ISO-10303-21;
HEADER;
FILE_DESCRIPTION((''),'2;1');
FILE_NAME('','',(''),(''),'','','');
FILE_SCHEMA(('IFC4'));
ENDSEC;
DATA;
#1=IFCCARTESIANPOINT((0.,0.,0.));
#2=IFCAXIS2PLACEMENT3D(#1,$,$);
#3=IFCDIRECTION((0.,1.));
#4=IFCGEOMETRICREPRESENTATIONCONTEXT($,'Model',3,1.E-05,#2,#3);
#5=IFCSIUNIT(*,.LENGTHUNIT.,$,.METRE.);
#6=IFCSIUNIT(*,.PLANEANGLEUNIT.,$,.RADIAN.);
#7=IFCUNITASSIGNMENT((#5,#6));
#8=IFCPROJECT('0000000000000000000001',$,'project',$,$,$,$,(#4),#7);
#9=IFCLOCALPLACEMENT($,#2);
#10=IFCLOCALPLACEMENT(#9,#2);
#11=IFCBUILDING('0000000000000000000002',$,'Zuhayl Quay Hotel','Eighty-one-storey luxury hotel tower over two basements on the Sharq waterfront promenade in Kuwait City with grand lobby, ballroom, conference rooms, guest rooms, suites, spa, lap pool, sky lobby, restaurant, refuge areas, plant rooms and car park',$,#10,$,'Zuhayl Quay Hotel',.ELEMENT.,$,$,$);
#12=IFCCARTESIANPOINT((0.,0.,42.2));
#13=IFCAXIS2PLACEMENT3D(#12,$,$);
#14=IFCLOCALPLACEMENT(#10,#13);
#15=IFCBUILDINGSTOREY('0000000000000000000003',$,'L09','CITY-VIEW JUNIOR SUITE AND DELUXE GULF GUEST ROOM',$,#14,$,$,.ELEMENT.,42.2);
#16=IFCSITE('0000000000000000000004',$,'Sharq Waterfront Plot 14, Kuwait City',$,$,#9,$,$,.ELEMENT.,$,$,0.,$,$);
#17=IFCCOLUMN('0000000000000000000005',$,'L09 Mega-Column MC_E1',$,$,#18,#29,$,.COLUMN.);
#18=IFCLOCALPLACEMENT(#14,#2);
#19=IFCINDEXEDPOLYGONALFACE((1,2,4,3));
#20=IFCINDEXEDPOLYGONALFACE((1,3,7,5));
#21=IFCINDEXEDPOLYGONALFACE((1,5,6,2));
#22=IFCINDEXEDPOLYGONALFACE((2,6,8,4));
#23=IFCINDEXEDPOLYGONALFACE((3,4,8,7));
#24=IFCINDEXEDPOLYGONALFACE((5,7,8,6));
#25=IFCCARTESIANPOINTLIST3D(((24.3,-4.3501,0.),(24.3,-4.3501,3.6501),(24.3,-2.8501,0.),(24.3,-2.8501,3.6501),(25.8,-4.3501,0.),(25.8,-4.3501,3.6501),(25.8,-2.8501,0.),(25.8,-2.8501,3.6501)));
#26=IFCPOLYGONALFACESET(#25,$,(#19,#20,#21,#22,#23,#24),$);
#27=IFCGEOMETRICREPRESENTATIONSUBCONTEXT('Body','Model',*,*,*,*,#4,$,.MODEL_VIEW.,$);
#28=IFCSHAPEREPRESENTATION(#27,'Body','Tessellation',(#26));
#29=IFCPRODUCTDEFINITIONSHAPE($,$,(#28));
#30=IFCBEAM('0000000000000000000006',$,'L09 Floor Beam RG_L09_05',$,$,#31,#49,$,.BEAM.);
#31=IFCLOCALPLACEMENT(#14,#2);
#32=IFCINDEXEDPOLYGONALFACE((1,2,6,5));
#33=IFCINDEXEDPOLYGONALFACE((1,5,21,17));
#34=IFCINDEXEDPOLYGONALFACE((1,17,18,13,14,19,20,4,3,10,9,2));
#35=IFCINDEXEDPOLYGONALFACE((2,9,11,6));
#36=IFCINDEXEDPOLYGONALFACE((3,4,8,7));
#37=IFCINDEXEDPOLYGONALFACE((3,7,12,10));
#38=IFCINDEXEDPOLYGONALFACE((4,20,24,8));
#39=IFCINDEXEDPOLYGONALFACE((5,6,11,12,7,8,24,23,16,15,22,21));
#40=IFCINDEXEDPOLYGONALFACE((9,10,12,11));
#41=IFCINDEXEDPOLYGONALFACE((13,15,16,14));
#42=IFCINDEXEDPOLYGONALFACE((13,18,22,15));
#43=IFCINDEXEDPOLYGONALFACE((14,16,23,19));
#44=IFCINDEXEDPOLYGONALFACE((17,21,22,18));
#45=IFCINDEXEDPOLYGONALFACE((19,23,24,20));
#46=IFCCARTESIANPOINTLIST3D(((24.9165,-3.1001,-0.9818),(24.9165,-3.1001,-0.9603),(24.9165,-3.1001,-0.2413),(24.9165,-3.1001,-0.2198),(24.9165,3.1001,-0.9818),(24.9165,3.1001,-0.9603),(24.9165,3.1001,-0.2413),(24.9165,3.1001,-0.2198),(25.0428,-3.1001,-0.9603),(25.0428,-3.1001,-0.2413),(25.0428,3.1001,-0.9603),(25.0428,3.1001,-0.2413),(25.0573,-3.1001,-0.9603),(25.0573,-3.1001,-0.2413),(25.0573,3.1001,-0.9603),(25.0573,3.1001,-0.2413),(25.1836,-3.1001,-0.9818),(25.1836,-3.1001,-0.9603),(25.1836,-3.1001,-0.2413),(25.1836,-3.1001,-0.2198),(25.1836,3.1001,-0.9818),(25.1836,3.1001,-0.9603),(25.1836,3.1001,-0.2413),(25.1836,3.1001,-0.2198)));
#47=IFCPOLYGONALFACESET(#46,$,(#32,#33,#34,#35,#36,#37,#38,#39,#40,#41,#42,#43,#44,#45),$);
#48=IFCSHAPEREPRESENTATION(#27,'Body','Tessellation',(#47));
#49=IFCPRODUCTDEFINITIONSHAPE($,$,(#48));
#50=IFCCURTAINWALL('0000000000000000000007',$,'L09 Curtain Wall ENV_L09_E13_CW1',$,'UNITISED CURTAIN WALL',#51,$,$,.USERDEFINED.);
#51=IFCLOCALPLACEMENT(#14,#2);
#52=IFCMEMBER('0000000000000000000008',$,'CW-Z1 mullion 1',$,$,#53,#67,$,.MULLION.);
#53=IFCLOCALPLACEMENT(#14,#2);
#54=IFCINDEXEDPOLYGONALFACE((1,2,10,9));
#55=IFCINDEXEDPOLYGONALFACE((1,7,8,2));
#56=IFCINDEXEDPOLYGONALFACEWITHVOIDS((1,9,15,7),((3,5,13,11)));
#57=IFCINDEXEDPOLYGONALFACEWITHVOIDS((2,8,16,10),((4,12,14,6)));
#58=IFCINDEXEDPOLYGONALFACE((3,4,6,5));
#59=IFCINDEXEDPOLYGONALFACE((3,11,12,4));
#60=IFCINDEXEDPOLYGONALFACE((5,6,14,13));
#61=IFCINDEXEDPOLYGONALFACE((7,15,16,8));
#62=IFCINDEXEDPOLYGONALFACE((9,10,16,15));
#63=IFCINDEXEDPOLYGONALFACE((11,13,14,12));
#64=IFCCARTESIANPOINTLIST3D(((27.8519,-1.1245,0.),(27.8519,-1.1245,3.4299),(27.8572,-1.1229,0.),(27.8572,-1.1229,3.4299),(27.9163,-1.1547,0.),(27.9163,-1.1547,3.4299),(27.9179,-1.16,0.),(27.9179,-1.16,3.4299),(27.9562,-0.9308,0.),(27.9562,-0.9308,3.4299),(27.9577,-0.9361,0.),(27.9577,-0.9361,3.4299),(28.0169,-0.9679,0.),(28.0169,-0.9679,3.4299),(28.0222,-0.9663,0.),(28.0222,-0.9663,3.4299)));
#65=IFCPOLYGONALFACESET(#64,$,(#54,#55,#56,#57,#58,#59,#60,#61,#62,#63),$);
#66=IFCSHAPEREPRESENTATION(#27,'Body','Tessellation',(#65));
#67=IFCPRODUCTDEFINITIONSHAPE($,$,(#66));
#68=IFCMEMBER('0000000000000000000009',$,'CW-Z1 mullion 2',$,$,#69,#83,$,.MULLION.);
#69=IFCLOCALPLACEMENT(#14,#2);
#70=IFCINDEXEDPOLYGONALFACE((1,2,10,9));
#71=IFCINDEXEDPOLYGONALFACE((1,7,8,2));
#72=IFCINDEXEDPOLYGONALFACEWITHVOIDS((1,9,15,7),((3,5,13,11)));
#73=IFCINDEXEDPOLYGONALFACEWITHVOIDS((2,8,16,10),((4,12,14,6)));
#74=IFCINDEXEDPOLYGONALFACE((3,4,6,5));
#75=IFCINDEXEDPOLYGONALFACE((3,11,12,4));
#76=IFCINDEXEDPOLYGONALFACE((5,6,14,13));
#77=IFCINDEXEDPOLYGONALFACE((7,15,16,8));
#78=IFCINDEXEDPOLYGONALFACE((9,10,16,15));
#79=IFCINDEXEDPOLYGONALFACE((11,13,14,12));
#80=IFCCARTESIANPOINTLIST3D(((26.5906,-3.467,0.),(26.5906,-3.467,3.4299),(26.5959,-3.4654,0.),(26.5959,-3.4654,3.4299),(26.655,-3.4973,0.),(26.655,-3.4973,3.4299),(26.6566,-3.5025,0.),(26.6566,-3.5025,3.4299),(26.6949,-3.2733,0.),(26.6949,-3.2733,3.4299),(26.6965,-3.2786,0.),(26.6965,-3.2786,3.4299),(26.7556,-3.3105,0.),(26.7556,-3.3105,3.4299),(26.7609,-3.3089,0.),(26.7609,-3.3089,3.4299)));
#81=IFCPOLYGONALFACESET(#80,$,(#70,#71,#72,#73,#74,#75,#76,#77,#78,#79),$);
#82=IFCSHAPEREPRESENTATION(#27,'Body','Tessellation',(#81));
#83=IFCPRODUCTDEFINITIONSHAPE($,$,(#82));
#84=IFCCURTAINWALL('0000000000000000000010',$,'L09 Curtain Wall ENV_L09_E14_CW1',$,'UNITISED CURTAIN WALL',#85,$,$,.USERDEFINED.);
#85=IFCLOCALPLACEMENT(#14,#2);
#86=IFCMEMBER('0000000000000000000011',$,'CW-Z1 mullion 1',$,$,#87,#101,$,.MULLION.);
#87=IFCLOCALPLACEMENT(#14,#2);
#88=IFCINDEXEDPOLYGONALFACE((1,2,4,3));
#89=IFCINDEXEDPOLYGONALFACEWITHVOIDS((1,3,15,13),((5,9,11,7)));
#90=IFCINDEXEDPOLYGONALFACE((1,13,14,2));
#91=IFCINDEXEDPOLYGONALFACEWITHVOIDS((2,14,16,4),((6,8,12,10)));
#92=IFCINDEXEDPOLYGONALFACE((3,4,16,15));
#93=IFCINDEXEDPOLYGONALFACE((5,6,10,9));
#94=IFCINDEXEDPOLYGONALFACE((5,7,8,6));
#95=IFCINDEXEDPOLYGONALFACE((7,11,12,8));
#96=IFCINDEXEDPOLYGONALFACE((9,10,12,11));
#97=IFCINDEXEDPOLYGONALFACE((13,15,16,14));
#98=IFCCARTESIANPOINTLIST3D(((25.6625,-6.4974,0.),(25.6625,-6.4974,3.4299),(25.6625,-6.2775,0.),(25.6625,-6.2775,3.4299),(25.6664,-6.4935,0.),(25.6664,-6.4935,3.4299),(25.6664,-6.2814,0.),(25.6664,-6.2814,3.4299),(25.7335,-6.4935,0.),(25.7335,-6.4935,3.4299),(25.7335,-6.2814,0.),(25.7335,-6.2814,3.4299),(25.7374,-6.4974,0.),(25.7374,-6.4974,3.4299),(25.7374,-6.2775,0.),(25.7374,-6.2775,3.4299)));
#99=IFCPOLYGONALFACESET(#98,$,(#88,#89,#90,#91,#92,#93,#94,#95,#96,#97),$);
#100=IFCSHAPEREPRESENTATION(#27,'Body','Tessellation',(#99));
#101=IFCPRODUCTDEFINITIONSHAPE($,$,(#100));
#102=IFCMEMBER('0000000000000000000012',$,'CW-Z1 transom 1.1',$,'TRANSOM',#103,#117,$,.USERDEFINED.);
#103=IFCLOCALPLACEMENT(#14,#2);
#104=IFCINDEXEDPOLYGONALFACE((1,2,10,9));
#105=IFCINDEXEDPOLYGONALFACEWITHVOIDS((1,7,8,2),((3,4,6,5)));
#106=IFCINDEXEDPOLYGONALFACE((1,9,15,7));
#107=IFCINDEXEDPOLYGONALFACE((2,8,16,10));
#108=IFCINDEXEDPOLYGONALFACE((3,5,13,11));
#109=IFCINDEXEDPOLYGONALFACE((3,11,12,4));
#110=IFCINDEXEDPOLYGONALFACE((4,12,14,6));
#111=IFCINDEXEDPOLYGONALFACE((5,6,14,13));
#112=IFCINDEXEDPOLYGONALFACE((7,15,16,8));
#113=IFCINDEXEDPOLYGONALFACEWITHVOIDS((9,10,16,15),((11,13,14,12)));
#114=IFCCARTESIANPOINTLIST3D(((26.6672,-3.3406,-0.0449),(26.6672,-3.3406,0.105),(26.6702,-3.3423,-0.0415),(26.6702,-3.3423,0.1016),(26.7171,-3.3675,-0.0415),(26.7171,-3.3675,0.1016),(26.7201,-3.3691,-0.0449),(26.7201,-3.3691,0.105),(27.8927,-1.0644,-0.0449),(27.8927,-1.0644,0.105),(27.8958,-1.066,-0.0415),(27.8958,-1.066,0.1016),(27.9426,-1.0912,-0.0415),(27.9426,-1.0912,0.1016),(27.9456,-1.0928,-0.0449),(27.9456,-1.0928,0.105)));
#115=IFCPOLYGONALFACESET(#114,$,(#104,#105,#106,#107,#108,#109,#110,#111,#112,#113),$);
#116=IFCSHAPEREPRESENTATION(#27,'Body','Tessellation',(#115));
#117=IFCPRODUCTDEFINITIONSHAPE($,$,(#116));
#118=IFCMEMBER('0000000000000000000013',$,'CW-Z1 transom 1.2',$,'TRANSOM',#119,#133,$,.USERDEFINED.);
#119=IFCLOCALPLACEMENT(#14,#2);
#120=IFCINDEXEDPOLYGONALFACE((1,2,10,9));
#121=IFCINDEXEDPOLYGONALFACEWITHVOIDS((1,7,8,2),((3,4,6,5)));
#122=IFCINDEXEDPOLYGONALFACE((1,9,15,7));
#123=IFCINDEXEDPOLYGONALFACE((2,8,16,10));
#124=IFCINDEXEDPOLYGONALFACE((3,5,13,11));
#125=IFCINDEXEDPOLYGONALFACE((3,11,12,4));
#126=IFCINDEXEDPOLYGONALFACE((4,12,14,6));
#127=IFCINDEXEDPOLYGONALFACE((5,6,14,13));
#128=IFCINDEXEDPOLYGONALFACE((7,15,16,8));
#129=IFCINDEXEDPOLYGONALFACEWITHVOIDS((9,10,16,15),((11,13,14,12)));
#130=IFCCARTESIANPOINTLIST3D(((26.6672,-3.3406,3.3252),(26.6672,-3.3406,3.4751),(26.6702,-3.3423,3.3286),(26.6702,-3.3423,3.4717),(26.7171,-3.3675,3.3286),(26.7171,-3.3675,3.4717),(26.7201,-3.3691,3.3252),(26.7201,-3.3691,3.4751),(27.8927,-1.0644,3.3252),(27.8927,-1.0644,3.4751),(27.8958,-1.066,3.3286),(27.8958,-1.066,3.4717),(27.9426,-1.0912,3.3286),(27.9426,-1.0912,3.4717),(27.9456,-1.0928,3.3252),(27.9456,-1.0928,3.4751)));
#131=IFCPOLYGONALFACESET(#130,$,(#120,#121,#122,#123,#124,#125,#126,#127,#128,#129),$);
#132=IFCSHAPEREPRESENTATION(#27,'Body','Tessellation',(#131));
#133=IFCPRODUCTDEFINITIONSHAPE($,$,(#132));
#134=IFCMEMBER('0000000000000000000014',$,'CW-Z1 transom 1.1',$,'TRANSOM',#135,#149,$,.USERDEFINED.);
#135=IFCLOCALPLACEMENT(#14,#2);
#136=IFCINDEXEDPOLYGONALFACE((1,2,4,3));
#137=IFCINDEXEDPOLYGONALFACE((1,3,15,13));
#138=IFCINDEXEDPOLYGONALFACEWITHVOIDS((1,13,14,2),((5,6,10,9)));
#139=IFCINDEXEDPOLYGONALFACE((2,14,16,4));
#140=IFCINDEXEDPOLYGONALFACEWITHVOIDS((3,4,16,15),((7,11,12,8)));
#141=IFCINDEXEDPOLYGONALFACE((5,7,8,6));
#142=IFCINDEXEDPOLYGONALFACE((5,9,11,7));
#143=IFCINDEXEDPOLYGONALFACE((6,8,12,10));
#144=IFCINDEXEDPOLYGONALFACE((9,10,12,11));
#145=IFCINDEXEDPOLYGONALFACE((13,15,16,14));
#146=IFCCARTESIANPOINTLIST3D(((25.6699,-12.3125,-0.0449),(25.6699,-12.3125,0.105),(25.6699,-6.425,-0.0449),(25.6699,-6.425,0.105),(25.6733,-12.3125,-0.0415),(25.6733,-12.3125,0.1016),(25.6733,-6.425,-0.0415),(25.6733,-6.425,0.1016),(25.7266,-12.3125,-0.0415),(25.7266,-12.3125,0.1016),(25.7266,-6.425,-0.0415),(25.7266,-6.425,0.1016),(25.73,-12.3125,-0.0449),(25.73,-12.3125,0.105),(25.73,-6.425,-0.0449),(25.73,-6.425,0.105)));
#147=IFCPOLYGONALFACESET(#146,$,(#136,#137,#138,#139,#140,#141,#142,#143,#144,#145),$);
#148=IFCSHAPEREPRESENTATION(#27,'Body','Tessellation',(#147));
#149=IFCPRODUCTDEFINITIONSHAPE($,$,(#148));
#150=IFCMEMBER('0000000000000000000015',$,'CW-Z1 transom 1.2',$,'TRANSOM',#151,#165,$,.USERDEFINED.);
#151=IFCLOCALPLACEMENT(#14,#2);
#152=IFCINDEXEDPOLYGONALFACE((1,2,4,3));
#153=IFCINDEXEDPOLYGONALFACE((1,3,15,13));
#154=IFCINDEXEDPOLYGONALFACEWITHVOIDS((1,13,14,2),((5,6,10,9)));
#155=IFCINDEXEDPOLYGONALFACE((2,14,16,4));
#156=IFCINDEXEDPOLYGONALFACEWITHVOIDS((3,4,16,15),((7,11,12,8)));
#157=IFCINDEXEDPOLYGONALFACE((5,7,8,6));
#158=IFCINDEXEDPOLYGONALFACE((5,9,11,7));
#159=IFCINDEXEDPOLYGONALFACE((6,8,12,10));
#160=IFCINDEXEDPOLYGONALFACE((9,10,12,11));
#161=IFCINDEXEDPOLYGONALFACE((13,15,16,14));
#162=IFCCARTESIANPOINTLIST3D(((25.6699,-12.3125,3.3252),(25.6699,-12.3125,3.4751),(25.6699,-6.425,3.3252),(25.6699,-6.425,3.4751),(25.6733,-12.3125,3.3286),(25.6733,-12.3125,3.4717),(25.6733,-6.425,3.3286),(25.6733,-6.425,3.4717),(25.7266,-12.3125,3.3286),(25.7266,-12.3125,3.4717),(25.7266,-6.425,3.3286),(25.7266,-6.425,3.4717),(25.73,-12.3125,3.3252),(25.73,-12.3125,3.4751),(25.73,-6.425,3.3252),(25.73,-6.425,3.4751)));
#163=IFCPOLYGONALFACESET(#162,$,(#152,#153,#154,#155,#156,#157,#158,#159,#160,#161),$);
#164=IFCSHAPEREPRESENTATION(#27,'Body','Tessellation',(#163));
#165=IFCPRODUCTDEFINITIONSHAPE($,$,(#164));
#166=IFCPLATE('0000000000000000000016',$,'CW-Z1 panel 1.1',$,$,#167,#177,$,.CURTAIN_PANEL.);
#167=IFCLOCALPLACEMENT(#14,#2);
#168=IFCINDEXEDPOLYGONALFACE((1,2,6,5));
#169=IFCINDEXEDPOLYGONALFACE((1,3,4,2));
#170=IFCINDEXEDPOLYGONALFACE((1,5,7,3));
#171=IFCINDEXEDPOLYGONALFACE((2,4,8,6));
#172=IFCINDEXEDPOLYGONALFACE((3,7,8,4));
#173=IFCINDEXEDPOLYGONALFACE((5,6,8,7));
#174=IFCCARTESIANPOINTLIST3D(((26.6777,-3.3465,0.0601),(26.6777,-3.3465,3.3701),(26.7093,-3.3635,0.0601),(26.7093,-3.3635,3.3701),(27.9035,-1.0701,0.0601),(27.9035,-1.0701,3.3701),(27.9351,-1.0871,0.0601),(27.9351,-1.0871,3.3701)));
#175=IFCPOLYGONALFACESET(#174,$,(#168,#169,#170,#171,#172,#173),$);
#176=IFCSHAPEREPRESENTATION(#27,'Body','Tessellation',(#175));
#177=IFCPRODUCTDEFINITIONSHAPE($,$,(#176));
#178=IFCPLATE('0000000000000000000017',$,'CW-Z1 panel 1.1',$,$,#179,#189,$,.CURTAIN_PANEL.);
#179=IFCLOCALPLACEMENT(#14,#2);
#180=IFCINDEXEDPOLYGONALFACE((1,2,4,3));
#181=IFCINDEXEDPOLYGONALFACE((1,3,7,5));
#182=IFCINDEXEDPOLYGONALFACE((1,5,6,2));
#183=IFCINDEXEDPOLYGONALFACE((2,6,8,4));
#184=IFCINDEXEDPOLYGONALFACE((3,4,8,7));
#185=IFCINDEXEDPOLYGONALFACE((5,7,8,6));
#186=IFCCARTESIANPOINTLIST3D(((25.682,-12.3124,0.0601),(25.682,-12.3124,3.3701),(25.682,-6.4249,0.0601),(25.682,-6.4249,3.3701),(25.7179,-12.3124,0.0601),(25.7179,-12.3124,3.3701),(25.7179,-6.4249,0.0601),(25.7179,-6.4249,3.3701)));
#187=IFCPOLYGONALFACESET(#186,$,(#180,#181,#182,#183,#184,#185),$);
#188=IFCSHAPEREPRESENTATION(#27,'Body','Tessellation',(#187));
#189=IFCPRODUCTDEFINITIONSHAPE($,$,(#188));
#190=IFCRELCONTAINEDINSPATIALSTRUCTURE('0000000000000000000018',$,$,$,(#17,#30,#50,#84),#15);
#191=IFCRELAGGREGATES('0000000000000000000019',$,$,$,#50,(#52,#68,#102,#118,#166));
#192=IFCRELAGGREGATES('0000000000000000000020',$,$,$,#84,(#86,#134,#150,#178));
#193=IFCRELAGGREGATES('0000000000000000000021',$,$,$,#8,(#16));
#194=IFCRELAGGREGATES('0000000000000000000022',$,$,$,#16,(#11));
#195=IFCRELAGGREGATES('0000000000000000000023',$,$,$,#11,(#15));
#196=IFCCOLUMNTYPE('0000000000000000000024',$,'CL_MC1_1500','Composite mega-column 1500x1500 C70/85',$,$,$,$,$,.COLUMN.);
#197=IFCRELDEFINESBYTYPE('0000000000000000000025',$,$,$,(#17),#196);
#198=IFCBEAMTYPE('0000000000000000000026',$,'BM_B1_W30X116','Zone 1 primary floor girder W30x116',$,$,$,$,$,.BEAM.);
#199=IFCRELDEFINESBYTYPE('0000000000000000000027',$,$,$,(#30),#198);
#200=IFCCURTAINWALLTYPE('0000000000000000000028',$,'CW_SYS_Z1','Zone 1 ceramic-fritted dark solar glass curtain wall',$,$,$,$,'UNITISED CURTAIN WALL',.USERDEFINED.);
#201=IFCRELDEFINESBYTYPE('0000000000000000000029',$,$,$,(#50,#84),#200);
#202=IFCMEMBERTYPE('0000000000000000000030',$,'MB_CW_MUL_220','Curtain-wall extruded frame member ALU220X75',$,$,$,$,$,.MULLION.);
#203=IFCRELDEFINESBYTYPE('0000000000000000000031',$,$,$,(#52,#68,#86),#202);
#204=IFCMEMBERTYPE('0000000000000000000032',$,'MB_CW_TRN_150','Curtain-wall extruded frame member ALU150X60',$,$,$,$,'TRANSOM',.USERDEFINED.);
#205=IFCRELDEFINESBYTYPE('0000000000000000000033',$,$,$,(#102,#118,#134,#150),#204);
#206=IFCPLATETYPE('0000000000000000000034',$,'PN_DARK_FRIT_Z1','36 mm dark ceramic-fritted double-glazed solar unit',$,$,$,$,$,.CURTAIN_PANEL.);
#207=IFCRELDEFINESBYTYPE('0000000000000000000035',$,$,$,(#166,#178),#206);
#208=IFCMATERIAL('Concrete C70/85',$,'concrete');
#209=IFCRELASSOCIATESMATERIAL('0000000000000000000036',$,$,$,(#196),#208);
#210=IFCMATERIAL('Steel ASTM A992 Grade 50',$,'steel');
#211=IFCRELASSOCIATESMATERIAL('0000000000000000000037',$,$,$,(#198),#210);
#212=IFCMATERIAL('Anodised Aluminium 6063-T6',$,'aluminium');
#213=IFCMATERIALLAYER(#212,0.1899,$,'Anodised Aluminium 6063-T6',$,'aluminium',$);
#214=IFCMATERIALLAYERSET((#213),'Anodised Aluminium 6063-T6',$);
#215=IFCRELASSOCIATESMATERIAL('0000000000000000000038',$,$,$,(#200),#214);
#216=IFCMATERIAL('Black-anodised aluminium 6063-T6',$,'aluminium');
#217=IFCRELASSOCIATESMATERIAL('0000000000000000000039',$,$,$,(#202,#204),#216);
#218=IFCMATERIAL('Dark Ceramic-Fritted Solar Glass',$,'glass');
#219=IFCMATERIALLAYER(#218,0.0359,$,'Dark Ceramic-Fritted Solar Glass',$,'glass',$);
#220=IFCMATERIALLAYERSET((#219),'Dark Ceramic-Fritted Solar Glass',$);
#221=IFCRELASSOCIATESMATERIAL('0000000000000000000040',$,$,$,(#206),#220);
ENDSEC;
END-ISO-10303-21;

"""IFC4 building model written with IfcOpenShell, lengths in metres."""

from ifc_helpers import new_model, si_unit, direction, frame, origin, origin_2d, place, context, subcontext, project, spatial, rectangle, hollow_rectangle, i_section, extrude, material, layer, layer_set, material_profile, profile_set, type_object, element, aggregate, save


model = new_model("IFC4")

# Units and contexts
model_context = context("Model", 3, precision=1e-05, world=origin(), true_north=direction((0.0, 1.0)))
body_context = subcontext(model_context, "Body", "Model", "MODEL_VIEW")
ifc_project = project(units=[si_unit("LENGTHUNIT", "METRE"), si_unit("PLANEANGLEUNIT", "RADIAN")], contexts=[model_context])

# Site, building, storey
site_placement = place(None, origin())
site = spatial("IfcSite", under=ifc_project, at=site_placement, Name="Sharq Waterfront Plot 14, Kuwait City", CompositionType="ELEMENT", RefElevation=0.0)
building_placement = place(site_placement, origin())
building = spatial("IfcBuilding", under=site, at=building_placement, Name="Zuhayl Quay Hotel", Description="Eighty-one-storey luxury hotel tower over two basements on the Sharq waterfront promenade in Kuwait City with grand lobby, ballroom, conference rooms, guest rooms, suites, spa, lap pool, sky lobby, restaurant, refuge areas, plant rooms and car park", LongName="Zuhayl Quay Hotel", CompositionType="ELEMENT")
storey_placement = place(building_placement, frame((0.0, 0.0, 42.2)))
storey = spatial("IfcBuildingStorey", under=building, at=storey_placement, Name="L09", Description="CITY-VIEW JUNIOR SUITE AND DELUXE GULF GUEST ROOM", CompositionType="ELEMENT", Elevation=42.2)

# Column
ifc_material_1 = material(Name="Concrete C70/85", Category="concrete")
ifc_material_profile_1 = material_profile(ifc_material_1, rectangle(XDim=1.5, YDim=1.5, at=origin_2d()), Name="RC1500X1500")
ifc_profile_set_1 = profile_set([ifc_material_profile_1], Name="Concrete C70/85")
column_type = type_object("IfcColumnType", Name="CL_MC1_1500", Description="Composite mega-column 1500x1500 C70/85", PredefinedType="COLUMN", material=ifc_profile_set_1)
column_placement = place(storey_placement, frame((25.05, -3.6001, 0.0), z_axis=(0.0, 0.0, 1.0), x_axis=(1.0, 0.0, 0.0)))
element("IfcColumn", 1, at=column_placement, inside=storey, type_object=column_type, Name="L09 Mega-Column MC_E1", PredefinedType="COLUMN", context=body_context, shape_type="SweptSolid", body=[
    extrude(rectangle(XDim=1.5, YDim=1.5, at=origin_2d()), origin(), (0.0, 0.0, 1.0), 3.6501),
])

# Beam
ifc_material_2 = material(Name="Steel ASTM A992 Grade 50", Category="steel")
ifc_material_profile_2 = material_profile(ifc_material_2, i_section(OverallWidth=0.2671, OverallDepth=0.762, WebThickness=0.0144, FlangeThickness=0.0215, at=origin_2d()), Name="W30X116")
ifc_profile_set_2 = profile_set([ifc_material_profile_2], Name="Steel ASTM A992 Grade 50")
beam_type = type_object("IfcBeamType", Name="BM_B1_W30X116", Description="Zone 1 primary floor girder W30x116", PredefinedType="BEAM", material=ifc_profile_set_2)
beam_placement = place(storey_placement, frame((25.05, -3.1001, -0.6008), z_axis=(0.0, 1.0, 0.0), x_axis=(-1.0, 0.0, 0.0)))
element("IfcBeam", 2, at=beam_placement, inside=storey, type_object=beam_type, Name="L09 Floor Beam RG_L09_05", PredefinedType="BEAM", context=body_context, shape_type="SweptSolid", body=[
    extrude(i_section(OverallWidth=0.2671, OverallDepth=0.762, WebThickness=0.0144, FlangeThickness=0.0215, at=origin_2d()), origin(), (0.0, 0.0, 1.0), 6.2002),
])

# Curtain wall, members
ifc_material_3 = material(Name="Anodised Aluminium 6063-T6", Category="aluminium")
ifc_layer_1 = layer(ifc_material_3, 0.1899, Name="Anodised Aluminium 6063-T6", Category="aluminium")
ifc_layer_set_1 = layer_set([ifc_layer_1], Name="Anodised Aluminium 6063-T6")
curtain_wall_type = type_object("IfcCurtainWallType", Name="CW_SYS_Z1", Description="Zone 1 ceramic-fritted dark solar glass curtain wall", ElementType="UNITISED CURTAIN WALL", PredefinedType="USERDEFINED", material=ifc_layer_set_1)
curtain_wall_1_placement = place(storey_placement, origin())
curtain_wall_1 = element("IfcCurtainWall", 3, at=curtain_wall_1_placement, inside=storey, type_object=curtain_wall_type, Name="L09 Curtain Wall ENV_L09_E13_CW1", ObjectType="UNITISED CURTAIN WALL", PredefinedType="USERDEFINED")
ifc_material_4 = material(Name="Black-anodised aluminium 6063-T6", Category="aluminium")
ifc_material_profile_3 = material_profile(ifc_material_4, hollow_rectangle(XDim=0.075, YDim=0.22, WallThickness=0.0039, at=origin_2d()), Name="ALU220X75")
ifc_profile_set_3 = profile_set([ifc_material_profile_3], Name="Black-anodised aluminium 6063-T6")
member_type_1 = type_object("IfcMemberType", Name="MB_CW_MUL_220", Description="Curtain-wall extruded frame member ALU220X75", PredefinedType="MULLION", material=ifc_profile_set_3)
member_1_placement = place(storey_placement, frame((27.937, -1.0454, 0.0), z_axis=(0.0, 0.0, 1.0), x_axis=(0.880476, -0.474091, 0.0)))
member_1 = element("IfcMember", 4, at=member_1_placement, type_object=member_type_1, Name="CW-Z1 mullion 1", PredefinedType="MULLION", context=body_context, shape_type="SweptSolid", body=[
    extrude(hollow_rectangle(XDim=0.075, YDim=0.22, WallThickness=0.0039, at=origin_2d()), origin(), (0.0, 0.0, 1.0), 3.4299),
])
member_2_placement = place(storey_placement, frame((26.6758, -3.3879, 0.0), z_axis=(0.0, 0.0, 1.0), x_axis=(0.880476, -0.474091, 0.0)))
member_2 = element("IfcMember", 5, at=member_2_placement, type_object=member_type_1, Name="CW-Z1 mullion 2", PredefinedType="MULLION", context=body_context, shape_type="SweptSolid", body=[
    extrude(hollow_rectangle(XDim=0.075, YDim=0.22, WallThickness=0.0039, at=origin_2d()), origin(), (0.0, 0.0, 1.0), 3.4299),
])

# Curtain wall, member
curtain_wall_2_placement = place(storey_placement, origin())
curtain_wall_2 = element("IfcCurtainWall", 6, at=curtain_wall_2_placement, inside=storey, type_object=curtain_wall_type, Name="L09 Curtain Wall ENV_L09_E14_CW1", ObjectType="UNITISED CURTAIN WALL", PredefinedType="USERDEFINED")
member_3_placement = place(storey_placement, frame((25.7, -6.3875, 0.0), z_axis=(0.0, 0.0, 1.0), x_axis=(1.0, 0.0, 0.0)))
member_3 = element("IfcMember", 7, at=member_3_placement, type_object=member_type_1, Name="CW-Z1 mullion 1", PredefinedType="MULLION", context=body_context, shape_type="SweptSolid", body=[
    extrude(hollow_rectangle(XDim=0.075, YDim=0.22, WallThickness=0.0039, at=origin_2d()), origin(), (0.0, 0.0, 1.0), 3.4299),
])

# Members
ifc_material_profile_4 = material_profile(ifc_material_4, hollow_rectangle(XDim=0.0601, YDim=0.1499, WallThickness=0.0034, at=origin_2d()), Name="ALU150X60")
ifc_profile_set_4 = profile_set([ifc_material_profile_4], Name="Black-anodised aluminium 6063-T6")
member_type_2 = type_object("IfcMemberType", Name="MB_CW_TRN_150", Description="Curtain-wall extruded frame member ALU150X60", ElementType="TRANSOM", PredefinedType="USERDEFINED", material=ifc_profile_set_4)
member_4_placement = place(storey_placement, frame((27.9192, -1.0786, 0.03), z_axis=(-0.474055, -0.880495, 0.0), x_axis=(0.880495, -0.474055, 0.0)))
member_4 = element("IfcMember", 8, at=member_4_placement, type_object=member_type_2, Name="CW-Z1 transom 1.1", ObjectType="TRANSOM", PredefinedType="USERDEFINED", context=body_context, shape_type="SweptSolid", body=[
    extrude(hollow_rectangle(XDim=0.0601, YDim=0.1499, WallThickness=0.0034, at=origin_2d()), origin(), (0.0, 0.0, 1.0), 2.5852),
])
member_5_placement = place(storey_placement, frame((27.9192, -1.0786, 3.4001), z_axis=(-0.474055, -0.880495, 0.0), x_axis=(0.880495, -0.474055, 0.0)))
member_5 = element("IfcMember", 9, at=member_5_placement, type_object=member_type_2, Name="CW-Z1 transom 1.2", ObjectType="TRANSOM", PredefinedType="USERDEFINED", context=body_context, shape_type="SweptSolid", body=[
    extrude(hollow_rectangle(XDim=0.0601, YDim=0.1499, WallThickness=0.0034, at=origin_2d()), origin(), (0.0, 0.0, 1.0), 2.5852),
])
member_6_placement = place(storey_placement, frame((25.7, -6.425, 0.03), z_axis=(0.0, -1.0, 0.0), x_axis=(1.0, 0.0, 0.0)))
member_6 = element("IfcMember", 10, at=member_6_placement, type_object=member_type_2, Name="CW-Z1 transom 1.1", ObjectType="TRANSOM", PredefinedType="USERDEFINED", context=body_context, shape_type="SweptSolid", body=[
    extrude(hollow_rectangle(XDim=0.0601, YDim=0.1499, WallThickness=0.0034, at=origin_2d()), origin(), (0.0, 0.0, 1.0), 5.8875),
])
member_7_placement = place(storey_placement, frame((25.7, -6.425, 3.4001), z_axis=(0.0, -1.0, 0.0), x_axis=(1.0, 0.0, 0.0)))
member_7 = element("IfcMember", 11, at=member_7_placement, type_object=member_type_2, Name="CW-Z1 transom 1.2", ObjectType="TRANSOM", PredefinedType="USERDEFINED", context=body_context, shape_type="SweptSolid", body=[
    extrude(hollow_rectangle(XDim=0.0601, YDim=0.1499, WallThickness=0.0034, at=origin_2d()), origin(), (0.0, 0.0, 1.0), 5.8875),
])

# Plates
ifc_material_5 = material(Name="Dark Ceramic-Fritted Solar Glass", Category="glass")
ifc_layer_2 = layer(ifc_material_5, 0.0359, Name="Dark Ceramic-Fritted Solar Glass", Category="glass")
ifc_layer_set_2 = layer_set([ifc_layer_2], Name="Dark Ceramic-Fritted Solar Glass")
plate_type = type_object("IfcPlateType", Name="PN_DARK_FRIT_Z1", Description="36 mm dark ceramic-fritted double-glazed solar unit", PredefinedType="CURTAIN_PANEL", material=ifc_layer_set_2)
plate_1_placement = place(storey_placement, frame((27.3064, -2.2168, 0.0601), z_axis=(0.0, 0.0, 1.0), x_axis=(-0.474091, -0.880476, 0.0)))
plate_1 = element("IfcPlate", 12, at=plate_1_placement, type_object=plate_type, Name="CW-Z1 panel 1.1", PredefinedType="CURTAIN_PANEL", context=body_context, shape_type="SweptSolid", body=[
    extrude(rectangle(XDim=2.5854, YDim=0.0359, at=origin_2d()), origin(), (0.0, 0.0, 1.0), 3.3101),
])
aggregate(curtain_wall_1, [member_1, member_2, member_4, member_5, plate_1])
plate_2_placement = place(storey_placement, frame((25.7, -9.3687, 0.0601), z_axis=(0.0, 0.0, 1.0), x_axis=(0.0, -1.0, 0.0)))
plate_2 = element("IfcPlate", 13, at=plate_2_placement, type_object=plate_type, Name="CW-Z1 panel 1.1", PredefinedType="CURTAIN_PANEL", context=body_context, shape_type="SweptSolid", body=[
    extrude(rectangle(XDim=5.8875, YDim=0.0359, at=origin_2d()), origin(), (0.0, 0.0, 1.0), 3.3101),
])
aggregate(curtain_wall_2, [member_3, member_6, member_7, plate_2])

save(model, "model.ifc")
